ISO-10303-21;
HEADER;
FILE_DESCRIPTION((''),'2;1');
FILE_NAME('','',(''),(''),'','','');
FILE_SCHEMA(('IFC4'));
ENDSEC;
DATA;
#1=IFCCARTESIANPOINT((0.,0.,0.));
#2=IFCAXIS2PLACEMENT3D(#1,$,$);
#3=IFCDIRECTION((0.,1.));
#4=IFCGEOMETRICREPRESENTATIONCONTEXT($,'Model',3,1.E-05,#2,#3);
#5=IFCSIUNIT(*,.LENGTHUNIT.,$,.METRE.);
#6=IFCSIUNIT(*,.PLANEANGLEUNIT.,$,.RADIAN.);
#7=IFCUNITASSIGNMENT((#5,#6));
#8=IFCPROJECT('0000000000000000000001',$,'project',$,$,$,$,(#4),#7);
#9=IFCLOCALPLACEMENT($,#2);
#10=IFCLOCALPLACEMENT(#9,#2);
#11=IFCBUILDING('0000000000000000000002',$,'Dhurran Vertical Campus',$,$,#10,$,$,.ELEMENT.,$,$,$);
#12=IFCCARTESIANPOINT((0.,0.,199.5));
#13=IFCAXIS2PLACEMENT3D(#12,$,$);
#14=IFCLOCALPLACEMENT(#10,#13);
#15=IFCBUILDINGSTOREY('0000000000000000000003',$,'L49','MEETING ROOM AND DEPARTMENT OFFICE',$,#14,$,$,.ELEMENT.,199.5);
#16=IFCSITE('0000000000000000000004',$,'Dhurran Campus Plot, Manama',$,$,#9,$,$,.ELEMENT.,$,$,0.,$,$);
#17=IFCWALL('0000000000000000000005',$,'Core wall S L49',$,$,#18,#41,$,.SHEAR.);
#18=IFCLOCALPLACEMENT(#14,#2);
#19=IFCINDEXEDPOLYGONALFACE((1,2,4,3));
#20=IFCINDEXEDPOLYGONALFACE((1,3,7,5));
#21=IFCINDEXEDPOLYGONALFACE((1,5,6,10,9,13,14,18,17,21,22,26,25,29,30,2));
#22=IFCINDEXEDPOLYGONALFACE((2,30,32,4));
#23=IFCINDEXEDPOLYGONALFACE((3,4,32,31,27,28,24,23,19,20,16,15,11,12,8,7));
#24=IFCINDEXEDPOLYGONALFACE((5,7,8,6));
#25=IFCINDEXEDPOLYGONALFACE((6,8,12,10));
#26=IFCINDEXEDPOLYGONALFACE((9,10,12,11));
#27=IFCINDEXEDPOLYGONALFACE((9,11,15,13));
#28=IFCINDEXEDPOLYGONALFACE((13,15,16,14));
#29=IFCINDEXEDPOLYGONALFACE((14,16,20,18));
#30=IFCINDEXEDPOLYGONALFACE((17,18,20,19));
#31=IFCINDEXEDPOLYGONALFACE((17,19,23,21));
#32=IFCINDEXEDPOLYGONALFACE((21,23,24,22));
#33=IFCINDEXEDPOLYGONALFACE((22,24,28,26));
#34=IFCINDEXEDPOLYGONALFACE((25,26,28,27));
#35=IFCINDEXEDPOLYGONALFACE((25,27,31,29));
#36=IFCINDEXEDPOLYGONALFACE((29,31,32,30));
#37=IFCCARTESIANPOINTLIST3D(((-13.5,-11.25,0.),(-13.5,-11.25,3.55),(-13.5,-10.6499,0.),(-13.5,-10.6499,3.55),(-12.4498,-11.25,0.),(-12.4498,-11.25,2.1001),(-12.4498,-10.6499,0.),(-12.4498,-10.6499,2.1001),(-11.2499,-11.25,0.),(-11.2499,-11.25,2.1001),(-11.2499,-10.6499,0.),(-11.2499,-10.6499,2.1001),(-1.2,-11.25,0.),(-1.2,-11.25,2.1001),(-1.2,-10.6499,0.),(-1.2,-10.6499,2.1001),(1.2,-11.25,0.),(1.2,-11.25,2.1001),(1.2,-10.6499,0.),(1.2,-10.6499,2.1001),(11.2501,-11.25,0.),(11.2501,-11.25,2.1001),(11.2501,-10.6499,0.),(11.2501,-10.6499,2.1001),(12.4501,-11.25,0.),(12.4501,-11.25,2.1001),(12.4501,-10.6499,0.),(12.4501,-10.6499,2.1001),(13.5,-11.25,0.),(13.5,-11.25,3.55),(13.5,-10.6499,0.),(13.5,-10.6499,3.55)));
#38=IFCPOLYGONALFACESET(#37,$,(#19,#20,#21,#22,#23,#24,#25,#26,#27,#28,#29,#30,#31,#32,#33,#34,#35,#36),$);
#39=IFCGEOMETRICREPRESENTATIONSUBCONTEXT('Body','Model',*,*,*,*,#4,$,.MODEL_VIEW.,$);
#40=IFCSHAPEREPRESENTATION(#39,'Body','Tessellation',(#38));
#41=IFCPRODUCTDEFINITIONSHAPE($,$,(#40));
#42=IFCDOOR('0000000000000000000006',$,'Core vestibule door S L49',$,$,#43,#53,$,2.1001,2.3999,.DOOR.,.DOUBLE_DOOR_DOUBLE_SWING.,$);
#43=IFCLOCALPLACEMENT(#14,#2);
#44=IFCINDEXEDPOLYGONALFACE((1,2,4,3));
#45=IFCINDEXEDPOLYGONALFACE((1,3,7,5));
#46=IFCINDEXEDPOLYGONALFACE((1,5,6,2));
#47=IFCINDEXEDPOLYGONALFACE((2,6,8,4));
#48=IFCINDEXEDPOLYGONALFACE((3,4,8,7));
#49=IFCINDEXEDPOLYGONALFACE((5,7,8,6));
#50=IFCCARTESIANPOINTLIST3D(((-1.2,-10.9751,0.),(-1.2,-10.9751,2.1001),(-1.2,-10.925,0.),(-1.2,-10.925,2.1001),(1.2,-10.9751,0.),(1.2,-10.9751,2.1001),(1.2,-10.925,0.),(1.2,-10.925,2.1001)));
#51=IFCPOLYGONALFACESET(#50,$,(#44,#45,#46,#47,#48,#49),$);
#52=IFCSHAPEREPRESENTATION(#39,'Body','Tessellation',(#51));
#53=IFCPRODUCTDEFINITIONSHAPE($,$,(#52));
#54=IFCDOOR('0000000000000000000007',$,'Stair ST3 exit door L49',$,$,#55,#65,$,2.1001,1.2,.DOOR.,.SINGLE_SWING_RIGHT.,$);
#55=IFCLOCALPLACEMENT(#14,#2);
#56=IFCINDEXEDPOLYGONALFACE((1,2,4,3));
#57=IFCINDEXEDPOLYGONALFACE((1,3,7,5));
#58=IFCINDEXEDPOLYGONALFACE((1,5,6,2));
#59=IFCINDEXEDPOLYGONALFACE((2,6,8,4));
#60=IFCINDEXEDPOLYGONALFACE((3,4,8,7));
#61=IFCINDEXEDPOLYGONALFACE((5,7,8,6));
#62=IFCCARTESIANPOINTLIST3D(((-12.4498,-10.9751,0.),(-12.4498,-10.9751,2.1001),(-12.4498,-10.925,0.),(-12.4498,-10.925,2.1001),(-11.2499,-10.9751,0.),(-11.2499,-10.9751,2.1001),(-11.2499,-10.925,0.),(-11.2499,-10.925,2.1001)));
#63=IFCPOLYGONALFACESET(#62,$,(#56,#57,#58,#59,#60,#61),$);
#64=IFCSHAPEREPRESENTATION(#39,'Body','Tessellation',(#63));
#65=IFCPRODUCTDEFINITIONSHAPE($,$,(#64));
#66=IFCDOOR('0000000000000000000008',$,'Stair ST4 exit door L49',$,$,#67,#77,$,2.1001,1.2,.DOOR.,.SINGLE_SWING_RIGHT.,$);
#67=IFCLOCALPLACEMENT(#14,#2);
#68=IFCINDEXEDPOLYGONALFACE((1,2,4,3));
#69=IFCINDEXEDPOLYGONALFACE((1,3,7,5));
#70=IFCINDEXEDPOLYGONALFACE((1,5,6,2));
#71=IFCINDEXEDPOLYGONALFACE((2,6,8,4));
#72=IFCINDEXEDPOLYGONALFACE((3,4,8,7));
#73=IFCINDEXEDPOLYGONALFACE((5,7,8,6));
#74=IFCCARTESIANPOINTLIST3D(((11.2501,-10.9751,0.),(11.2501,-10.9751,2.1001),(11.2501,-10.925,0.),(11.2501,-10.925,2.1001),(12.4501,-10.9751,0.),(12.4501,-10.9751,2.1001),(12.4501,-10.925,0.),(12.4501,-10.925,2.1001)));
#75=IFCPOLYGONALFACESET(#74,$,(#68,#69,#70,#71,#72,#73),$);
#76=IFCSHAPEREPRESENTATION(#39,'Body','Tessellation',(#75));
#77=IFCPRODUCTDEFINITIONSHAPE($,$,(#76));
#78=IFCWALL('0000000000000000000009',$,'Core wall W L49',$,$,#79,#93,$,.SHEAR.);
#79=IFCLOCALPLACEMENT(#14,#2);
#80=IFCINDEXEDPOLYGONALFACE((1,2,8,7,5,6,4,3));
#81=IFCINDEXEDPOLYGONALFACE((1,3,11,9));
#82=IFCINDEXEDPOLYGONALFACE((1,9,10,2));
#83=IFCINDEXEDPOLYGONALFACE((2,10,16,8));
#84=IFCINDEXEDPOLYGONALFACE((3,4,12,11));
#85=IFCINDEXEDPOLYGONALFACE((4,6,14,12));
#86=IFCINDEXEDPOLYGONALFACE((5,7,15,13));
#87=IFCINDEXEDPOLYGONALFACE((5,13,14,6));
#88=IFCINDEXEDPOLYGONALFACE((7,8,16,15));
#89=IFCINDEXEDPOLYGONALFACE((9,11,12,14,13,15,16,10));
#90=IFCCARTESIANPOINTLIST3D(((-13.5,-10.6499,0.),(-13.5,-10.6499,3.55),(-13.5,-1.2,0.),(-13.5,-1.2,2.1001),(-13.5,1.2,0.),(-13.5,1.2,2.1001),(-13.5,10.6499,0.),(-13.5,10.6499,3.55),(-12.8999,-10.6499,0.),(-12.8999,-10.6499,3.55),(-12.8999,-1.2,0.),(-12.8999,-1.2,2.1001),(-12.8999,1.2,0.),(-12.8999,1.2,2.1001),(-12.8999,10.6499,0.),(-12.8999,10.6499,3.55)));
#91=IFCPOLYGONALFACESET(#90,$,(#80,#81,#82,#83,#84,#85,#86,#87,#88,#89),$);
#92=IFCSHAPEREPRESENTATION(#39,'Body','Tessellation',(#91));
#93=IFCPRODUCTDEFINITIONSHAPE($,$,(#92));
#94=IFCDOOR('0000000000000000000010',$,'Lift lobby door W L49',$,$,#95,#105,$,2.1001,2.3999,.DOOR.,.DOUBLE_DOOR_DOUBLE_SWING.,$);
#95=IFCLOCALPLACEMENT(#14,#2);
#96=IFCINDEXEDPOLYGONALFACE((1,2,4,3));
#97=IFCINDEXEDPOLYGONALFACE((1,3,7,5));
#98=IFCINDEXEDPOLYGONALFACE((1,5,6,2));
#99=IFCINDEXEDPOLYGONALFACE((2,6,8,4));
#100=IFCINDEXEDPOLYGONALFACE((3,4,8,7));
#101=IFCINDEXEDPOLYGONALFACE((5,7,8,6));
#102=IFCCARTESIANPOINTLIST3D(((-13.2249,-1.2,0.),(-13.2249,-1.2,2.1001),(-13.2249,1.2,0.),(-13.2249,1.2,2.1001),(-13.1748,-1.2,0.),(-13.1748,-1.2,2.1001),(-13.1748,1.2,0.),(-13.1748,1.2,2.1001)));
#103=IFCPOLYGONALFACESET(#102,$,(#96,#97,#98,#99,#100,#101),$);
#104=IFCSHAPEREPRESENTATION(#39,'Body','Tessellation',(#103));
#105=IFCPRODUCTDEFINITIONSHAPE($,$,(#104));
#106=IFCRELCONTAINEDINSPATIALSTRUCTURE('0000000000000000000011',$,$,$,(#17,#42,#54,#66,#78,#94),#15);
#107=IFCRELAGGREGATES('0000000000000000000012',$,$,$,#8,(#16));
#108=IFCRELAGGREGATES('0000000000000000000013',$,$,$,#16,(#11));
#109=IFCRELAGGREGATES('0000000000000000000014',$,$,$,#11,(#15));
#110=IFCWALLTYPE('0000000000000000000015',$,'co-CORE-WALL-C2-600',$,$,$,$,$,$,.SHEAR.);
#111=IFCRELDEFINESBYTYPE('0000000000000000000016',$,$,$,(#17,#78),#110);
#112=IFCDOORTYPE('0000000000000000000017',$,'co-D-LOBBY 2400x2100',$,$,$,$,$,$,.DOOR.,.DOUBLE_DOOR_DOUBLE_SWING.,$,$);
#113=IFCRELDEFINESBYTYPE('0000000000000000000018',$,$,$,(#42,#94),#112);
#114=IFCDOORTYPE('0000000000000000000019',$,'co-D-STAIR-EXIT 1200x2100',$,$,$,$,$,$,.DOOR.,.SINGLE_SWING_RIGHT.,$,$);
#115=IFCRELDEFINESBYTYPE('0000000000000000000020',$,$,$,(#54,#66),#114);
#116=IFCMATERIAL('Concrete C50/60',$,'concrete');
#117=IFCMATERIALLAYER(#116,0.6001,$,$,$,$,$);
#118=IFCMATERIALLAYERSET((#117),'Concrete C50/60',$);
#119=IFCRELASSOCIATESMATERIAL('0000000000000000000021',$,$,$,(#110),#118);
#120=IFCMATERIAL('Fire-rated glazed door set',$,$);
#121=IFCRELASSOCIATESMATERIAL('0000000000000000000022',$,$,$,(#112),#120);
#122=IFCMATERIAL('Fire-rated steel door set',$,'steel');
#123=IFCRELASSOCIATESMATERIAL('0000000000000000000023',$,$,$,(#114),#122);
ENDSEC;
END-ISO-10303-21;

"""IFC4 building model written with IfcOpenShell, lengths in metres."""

from ifc_helpers import new_model, si_unit, direction, frame, frame_2d, origin, place, context, subcontext, project, spatial, rectangle, extrude, material, layer, layer_set, type_object, element, fill, save


model = new_model("IFC4")

# Units and contexts
model_context = context("Model", 3, precision=1e-05, world=origin(), true_north=direction((0.0, 1.0)))
body_context = subcontext(model_context, "Body", "Model", "MODEL_VIEW")
ifc_project = project(units=[si_unit("LENGTHUNIT", "METRE"), si_unit("PLANEANGLEUNIT", "RADIAN")], contexts=[model_context])

# Site, building, storey
site_placement = place(None, origin())
site = spatial("IfcSite", under=ifc_project, at=site_placement, Name="Dhurran Campus Plot, Manama", CompositionType="ELEMENT", RefElevation=0.0)
building_placement = place(site_placement, origin())
building = spatial("IfcBuilding", under=site, at=building_placement, Name="Dhurran Vertical Campus", CompositionType="ELEMENT")
storey_placement = place(building_placement, frame((0.0, 0.0, 199.5)))
storey = spatial("IfcBuildingStorey", under=building, at=storey_placement, Name="L49", Description="MEETING ROOM AND DEPARTMENT OFFICE", CompositionType="ELEMENT", Elevation=199.5)

# Wall, openings, doors
ifc_material_1 = material(Name="Concrete C50/60", Category="concrete")
ifc_layer_1 = layer(ifc_material_1, 0.6001)
ifc_layer_set_1 = layer_set([ifc_layer_1], Name="Concrete C50/60")
wall_type_1 = type_object("IfcWallType", Name="co-CORE-WALL-C2-600", PredefinedType="SHEAR", material=ifc_layer_set_1)
wall_1_placement = place(storey_placement, frame((-13.5, -10.95, 0.0), z_axis=(0.0, 0.0, 1.0), x_axis=(1.0, 0.0, 0.0)))
wall_1 = element("IfcWall", 1, at=wall_1_placement, inside=storey, type_object=wall_type_1, Name="Core wall S L49", PredefinedType="SHEAR", context=body_context, shape_type="SweptSolid", body=[
    extrude(rectangle(XDim=27.0, YDim=0.6001, at=frame_2d((13.5, 0.0))), origin(), (0.0, 0.0, 1.0), 3.55),
])
opening_1_placement = place(wall_1_placement, frame((12.3, 0.0, 0.0)))
opening_1 = element("IfcOpeningElement", 2, at=opening_1_placement, cuts=wall_1, PredefinedType="OPENING", context=body_context, shape_type="SweptSolid", body=[
    extrude(rectangle(XDim=2.3999, YDim=2.1001, at=frame_2d((1.2, 1.05))), frame((0.0, 0.3101, 0.0), z_axis=(0.0, -1.0, 0.0), x_axis=(1.0, 0.0, 0.0)), (0.0, 0.0, 1.0), 0.6201),
])
opening_2_placement = place(wall_1_placement, frame((1.05, 0.0, 0.0)))
opening_2 = element("IfcOpeningElement", 3, at=opening_2_placement, cuts=wall_1, PredefinedType="OPENING", context=body_context, shape_type="SweptSolid", body=[
    extrude(rectangle(XDim=1.2, YDim=2.1001, at=frame_2d((0.6001, 1.05))), frame((0.0, 0.3101, 0.0), z_axis=(0.0, -1.0, 0.0), x_axis=(1.0, 0.0, 0.0)), (0.0, 0.0, 1.0), 0.6201),
])
opening_3_placement = place(wall_1_placement, frame((24.75, 0.0, 0.0)))
opening_3 = element("IfcOpeningElement", 4, at=opening_3_placement, cuts=wall_1, PredefinedType="OPENING", context=body_context, shape_type="SweptSolid", body=[
    extrude(rectangle(XDim=1.2, YDim=2.1001, at=frame_2d((0.6001, 1.05))), frame((0.0, 0.3101, 0.0), z_axis=(0.0, -1.0, 0.0), x_axis=(1.0, 0.0, 0.0)), (0.0, 0.0, 1.0), 0.6201),
])
ifc_material_2 = material(Name="Fire-rated glazed door set")
door_type_1 = type_object("IfcDoorType", Name="co-D-LOBBY 2400x2100", OperationType="DOUBLE_DOOR_DOUBLE_SWING", PredefinedType="DOOR", material=ifc_material_2)
door_1_placement = place(opening_1_placement, origin())
door_1 = element("IfcDoor", 5, at=door_1_placement, inside=storey, type_object=door_type_1, Name="Core vestibule door S L49", OperationType="DOUBLE_DOOR_DOUBLE_SWING", OverallHeight=2.1001, OverallWidth=2.3999, PredefinedType="DOOR", context=body_context, shape_type="SweptSolid", body=[
    extrude(rectangle(XDim=2.3999, YDim=2.1001, at=frame_2d((1.2, 1.05))), frame((0.0, 0.0249, 0.0), z_axis=(0.0, -1.0, 0.0), x_axis=(1.0, 0.0, 0.0)), (0.0, 0.0, 1.0), 0.05),
])
fill(opening_1, door_1)
ifc_material_3 = material(Name="Fire-rated steel door set", Category="steel")
door_type_2 = type_object("IfcDoorType", Name="co-D-STAIR-EXIT 1200x2100", OperationType="SINGLE_SWING_RIGHT", PredefinedType="DOOR", material=ifc_material_3)
door_2_placement = place(opening_2_placement, origin())
door_2 = element("IfcDoor", 6, at=door_2_placement, inside=storey, type_object=door_type_2, Name="Stair ST3 exit door L49", OperationType="SINGLE_SWING_RIGHT", OverallHeight=2.1001, OverallWidth=1.2, PredefinedType="DOOR", context=body_context, shape_type="SweptSolid", body=[
    extrude(rectangle(XDim=1.2, YDim=2.1001, at=frame_2d((0.6001, 1.05))), frame((0.0, 0.0249, 0.0), z_axis=(0.0, -1.0, 0.0), x_axis=(1.0, 0.0, 0.0)), (0.0, 0.0, 1.0), 0.05),
])
fill(opening_2, door_2)
door_3_placement = place(opening_3_placement, origin())
door_3 = element("IfcDoor", 7, at=door_3_placement, inside=storey, type_object=door_type_2, Name="Stair ST4 exit door L49", OperationType="SINGLE_SWING_RIGHT", OverallHeight=2.1001, OverallWidth=1.2, PredefinedType="DOOR", context=body_context, shape_type="SweptSolid", body=[
    extrude(rectangle(XDim=1.2, YDim=2.1001, at=frame_2d((0.6001, 1.05))), frame((0.0, 0.0249, 0.0), z_axis=(0.0, -1.0, 0.0), x_axis=(1.0, 0.0, 0.0)), (0.0, 0.0, 1.0), 0.05),
])
fill(opening_3, door_3)

# Wall, opening, door
wall_2_placement = place(storey_placement, frame((-13.2, -10.6499, 0.0), z_axis=(0.0, 0.0, 1.0), x_axis=(0.0, 1.0, 0.0)))
wall_2 = element("IfcWall", 8, at=wall_2_placement, inside=storey, type_object=wall_type_1, Name="Core wall W L49", PredefinedType="SHEAR", context=body_context, shape_type="SweptSolid", body=[
    extrude(rectangle(XDim=21.2998, YDim=0.6001, at=frame_2d((10.6499, 0.0))), origin(), (0.0, 0.0, 1.0), 3.55),
])
opening_4_placement = place(wall_2_placement, frame((9.45, 0.0, 0.0)))
opening_4 = element("IfcOpeningElement", 9, at=opening_4_placement, cuts=wall_2, PredefinedType="OPENING", context=body_context, shape_type="SweptSolid", body=[
    extrude(rectangle(XDim=2.3999, YDim=2.1001, at=frame_2d((1.2, 1.05))), frame((0.0, 0.3101, 0.0), z_axis=(0.0, -1.0, 0.0), x_axis=(1.0, 0.0, 0.0)), (0.0, 0.0, 1.0), 0.6201),
])
door_4_placement = place(opening_4_placement, origin())
door_4 = element("IfcDoor", 10, at=door_4_placement, inside=storey, type_object=door_type_1, Name="Lift lobby door W L49", OperationType="DOUBLE_DOOR_DOUBLE_SWING", OverallHeight=2.1001, OverallWidth=2.3999, PredefinedType="DOOR", context=body_context, shape_type="SweptSolid", body=[
    extrude(rectangle(XDim=2.3999, YDim=2.1001, at=frame_2d((1.2, 1.05))), frame((0.0, 0.0249, 0.0), z_axis=(0.0, -1.0, 0.0), x_axis=(1.0, 0.0, 0.0)), (0.0, 0.0, 1.0), 0.05),
])
fill(opening_4, door_4)

save(model, "model.ifc")
